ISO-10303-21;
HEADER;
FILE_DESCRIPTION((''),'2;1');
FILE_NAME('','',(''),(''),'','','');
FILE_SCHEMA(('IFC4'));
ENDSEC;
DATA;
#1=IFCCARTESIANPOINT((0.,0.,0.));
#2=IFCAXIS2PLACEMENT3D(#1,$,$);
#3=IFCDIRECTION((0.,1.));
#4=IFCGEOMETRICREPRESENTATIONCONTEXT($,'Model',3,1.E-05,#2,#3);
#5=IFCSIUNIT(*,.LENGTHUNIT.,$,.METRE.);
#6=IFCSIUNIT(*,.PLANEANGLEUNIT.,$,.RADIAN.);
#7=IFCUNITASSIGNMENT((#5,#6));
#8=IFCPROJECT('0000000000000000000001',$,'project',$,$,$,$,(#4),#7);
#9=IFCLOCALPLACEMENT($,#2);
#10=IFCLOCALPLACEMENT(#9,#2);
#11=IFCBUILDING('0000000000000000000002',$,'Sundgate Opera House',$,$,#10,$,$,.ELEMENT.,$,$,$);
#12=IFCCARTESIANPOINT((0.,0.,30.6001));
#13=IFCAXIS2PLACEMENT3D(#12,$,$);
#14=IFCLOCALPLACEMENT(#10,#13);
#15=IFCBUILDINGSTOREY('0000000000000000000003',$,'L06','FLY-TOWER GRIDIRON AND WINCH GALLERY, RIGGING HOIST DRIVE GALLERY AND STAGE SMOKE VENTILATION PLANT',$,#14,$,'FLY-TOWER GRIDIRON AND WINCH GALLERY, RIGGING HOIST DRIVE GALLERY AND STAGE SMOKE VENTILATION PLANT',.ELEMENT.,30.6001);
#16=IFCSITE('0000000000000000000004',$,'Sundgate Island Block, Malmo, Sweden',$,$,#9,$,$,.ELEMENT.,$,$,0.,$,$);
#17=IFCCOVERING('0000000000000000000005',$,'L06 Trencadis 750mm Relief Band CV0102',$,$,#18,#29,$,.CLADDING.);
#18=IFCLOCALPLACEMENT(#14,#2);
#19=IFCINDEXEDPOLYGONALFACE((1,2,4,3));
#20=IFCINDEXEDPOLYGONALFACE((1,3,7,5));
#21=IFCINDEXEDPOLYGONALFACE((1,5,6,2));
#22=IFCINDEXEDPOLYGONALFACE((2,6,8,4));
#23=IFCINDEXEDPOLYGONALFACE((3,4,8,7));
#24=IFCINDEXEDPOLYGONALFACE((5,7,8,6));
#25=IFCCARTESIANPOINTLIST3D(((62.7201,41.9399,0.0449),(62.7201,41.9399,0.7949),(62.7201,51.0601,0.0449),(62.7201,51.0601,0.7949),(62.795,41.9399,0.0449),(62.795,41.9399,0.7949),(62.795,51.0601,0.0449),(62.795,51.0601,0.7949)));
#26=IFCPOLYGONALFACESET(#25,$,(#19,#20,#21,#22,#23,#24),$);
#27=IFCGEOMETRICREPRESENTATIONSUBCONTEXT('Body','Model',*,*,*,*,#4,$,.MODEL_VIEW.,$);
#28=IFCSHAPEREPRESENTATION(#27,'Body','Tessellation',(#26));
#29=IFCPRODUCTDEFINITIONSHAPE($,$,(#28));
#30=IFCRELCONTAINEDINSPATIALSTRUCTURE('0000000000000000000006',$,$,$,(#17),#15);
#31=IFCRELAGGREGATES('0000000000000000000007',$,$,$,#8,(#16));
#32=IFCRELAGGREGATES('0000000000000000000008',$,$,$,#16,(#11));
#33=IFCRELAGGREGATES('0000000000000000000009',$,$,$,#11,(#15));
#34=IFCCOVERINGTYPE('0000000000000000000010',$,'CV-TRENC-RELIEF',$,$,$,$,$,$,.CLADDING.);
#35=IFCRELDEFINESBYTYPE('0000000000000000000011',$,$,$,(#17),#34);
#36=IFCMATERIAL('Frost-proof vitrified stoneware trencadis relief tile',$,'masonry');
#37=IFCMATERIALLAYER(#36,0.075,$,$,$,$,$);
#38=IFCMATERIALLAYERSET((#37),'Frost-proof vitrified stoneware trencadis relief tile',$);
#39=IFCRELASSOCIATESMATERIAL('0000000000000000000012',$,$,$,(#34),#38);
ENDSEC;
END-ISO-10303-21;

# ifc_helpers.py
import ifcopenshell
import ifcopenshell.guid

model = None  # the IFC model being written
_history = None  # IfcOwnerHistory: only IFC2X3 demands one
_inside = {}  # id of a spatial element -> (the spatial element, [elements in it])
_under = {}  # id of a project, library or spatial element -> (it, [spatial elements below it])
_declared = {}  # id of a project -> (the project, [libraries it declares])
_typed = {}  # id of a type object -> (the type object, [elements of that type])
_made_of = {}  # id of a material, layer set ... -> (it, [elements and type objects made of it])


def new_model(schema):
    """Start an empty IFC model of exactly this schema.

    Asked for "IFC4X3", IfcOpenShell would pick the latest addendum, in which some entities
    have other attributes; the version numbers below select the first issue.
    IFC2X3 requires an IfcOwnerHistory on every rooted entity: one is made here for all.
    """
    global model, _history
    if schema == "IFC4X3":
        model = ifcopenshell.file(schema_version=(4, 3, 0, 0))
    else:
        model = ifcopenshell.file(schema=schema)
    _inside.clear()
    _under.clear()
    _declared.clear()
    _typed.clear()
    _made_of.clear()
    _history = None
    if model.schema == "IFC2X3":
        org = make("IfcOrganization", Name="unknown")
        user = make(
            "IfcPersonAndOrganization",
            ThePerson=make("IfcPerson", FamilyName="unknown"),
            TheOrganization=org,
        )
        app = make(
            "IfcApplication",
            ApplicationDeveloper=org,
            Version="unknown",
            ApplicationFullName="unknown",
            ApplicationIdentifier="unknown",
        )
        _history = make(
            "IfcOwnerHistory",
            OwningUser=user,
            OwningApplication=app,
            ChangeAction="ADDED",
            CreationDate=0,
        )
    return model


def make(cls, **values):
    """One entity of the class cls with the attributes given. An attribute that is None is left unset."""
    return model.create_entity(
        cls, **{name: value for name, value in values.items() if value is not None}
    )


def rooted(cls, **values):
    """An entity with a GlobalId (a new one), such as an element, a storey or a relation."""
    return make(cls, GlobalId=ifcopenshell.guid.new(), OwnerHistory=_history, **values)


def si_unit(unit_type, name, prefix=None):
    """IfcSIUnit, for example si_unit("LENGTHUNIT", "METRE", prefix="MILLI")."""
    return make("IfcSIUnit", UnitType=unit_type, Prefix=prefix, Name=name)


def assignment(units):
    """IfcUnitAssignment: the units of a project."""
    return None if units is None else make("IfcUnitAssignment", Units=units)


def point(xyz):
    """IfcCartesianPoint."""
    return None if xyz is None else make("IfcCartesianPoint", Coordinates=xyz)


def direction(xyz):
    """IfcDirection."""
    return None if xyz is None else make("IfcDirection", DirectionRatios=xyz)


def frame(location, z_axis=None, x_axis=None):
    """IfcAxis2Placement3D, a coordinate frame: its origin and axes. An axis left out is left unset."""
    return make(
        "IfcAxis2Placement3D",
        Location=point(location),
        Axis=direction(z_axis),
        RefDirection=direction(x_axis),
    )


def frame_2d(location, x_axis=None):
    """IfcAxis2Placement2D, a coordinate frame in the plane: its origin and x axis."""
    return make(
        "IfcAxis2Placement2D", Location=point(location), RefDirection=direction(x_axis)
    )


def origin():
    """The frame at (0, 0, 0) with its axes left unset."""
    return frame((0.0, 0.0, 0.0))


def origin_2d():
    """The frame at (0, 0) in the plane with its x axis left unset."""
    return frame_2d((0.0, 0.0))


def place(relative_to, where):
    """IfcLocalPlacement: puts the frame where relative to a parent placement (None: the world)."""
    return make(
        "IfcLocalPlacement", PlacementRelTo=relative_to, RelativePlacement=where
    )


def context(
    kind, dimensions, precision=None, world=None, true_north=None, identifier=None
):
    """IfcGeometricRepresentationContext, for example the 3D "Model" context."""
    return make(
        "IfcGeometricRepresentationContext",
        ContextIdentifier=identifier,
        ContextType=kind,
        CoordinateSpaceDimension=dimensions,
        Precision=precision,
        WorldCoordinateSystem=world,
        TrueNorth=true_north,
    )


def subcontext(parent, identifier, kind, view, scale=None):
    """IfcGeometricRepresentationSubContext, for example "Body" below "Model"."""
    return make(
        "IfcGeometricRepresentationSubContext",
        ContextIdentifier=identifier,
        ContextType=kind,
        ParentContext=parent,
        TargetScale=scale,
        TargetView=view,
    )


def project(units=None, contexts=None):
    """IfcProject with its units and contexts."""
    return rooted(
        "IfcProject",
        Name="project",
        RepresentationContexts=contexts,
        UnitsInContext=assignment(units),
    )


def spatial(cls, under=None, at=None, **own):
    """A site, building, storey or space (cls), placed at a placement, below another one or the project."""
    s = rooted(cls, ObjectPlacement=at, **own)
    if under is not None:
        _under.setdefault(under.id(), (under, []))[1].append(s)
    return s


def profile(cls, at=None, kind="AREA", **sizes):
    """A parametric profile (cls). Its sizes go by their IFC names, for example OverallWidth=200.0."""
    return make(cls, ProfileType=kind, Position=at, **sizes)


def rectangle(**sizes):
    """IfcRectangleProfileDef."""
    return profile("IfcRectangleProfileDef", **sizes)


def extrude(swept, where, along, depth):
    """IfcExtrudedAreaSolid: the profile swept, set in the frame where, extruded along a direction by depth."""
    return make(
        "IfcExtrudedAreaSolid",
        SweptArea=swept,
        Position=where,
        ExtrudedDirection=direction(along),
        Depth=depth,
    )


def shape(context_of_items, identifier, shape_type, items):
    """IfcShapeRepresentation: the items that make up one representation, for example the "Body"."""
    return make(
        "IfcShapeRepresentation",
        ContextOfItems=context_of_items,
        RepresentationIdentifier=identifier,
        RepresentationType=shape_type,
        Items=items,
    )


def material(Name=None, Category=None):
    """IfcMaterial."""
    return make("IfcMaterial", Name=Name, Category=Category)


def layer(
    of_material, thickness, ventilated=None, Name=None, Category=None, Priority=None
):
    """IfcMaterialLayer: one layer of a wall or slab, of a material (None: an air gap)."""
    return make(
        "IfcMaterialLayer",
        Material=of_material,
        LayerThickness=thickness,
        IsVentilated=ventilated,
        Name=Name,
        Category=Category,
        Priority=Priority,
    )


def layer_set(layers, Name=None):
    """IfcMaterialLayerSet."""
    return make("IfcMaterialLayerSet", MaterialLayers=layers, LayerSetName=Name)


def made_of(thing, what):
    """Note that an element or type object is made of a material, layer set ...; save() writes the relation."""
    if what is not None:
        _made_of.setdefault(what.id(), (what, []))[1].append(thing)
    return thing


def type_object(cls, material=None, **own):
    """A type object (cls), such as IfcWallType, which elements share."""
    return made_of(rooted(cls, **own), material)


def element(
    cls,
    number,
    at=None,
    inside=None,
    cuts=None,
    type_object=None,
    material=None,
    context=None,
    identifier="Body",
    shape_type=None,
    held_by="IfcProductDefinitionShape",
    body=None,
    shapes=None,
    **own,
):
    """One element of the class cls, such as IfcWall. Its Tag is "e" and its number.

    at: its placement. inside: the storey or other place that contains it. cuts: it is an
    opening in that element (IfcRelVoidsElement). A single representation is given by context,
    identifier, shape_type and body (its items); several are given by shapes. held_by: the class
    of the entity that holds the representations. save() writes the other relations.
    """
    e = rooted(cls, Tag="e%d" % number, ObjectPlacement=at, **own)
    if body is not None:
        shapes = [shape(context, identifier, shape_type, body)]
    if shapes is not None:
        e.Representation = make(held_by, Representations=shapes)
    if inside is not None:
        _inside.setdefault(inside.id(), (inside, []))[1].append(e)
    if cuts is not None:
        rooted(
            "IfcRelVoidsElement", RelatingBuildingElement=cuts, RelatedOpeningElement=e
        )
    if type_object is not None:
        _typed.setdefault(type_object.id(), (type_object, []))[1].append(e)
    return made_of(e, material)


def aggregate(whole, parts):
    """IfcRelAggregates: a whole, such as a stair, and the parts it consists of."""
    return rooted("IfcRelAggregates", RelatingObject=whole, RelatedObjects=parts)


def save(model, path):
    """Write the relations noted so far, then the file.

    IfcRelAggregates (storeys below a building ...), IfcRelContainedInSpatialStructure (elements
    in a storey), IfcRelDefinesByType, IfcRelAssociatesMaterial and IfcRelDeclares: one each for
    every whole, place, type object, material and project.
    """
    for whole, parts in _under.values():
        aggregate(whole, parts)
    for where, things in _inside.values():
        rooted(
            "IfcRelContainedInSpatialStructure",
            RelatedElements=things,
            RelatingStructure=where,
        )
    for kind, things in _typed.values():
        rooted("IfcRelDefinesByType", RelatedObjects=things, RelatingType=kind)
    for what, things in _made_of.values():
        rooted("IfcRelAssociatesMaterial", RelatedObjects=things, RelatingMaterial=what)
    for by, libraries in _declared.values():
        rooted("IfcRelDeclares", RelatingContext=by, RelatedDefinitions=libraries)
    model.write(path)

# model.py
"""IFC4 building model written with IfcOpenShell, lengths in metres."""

from ifc_helpers import new_model, si_unit, direction, frame, origin, origin_2d, place, context, subcontext, project, spatial, rectangle, extrude, material, layer, layer_set, type_object, element, save


model = new_model("IFC4")

# Units and contexts
model_context = context("Model", 3, precision=1e-05, world=origin(), true_north=direction((0.0, 1.0)))
body_context = subcontext(model_context, "Body", "Model", "MODEL_VIEW")
ifc_project = project(units=[si_unit("LENGTHUNIT", "METRE"), si_unit("PLANEANGLEUNIT", "RADIAN")], contexts=[model_context])

# Site, building, storey
site_placement = place(None, origin())
site = spatial("IfcSite", under=ifc_project, at=site_placement, Name="Sundgate Island Block, Malmo, Sweden", CompositionType="ELEMENT", RefElevation=0.0)
building_placement = place(site_placement, origin())
building = spatial("IfcBuilding", under=site, at=building_placement, Name="Sundgate Opera House", CompositionType="ELEMENT")
storey_placement = place(building_placement, frame((0.0, 0.0, 30.6001)))
storey = spatial("IfcBuildingStorey", under=building, at=storey_placement, Name="L06", Description="FLY-TOWER GRIDIRON AND WINCH GALLERY, RIGGING HOIST DRIVE GALLERY AND STAGE SMOKE VENTILATION PLANT", LongName="FLY-TOWER GRIDIRON AND WINCH GALLERY, RIGGING HOIST DRIVE GALLERY AND STAGE SMOKE VENTILATION PLANT", CompositionType="ELEMENT", Elevation=30.6001)

# Covering
ifc_material_1 = material(Name="Frost-proof vitrified stoneware trencadis relief tile", Category="masonry")
ifc_layer_1 = layer(ifc_material_1, 0.075)
ifc_layer_set_1 = layer_set([ifc_layer_1], Name="Frost-proof vitrified stoneware trencadis relief tile")
covering_type = type_object("IfcCoveringType", Name="CV-TRENC-RELIEF", PredefinedType="CLADDING", material=ifc_layer_set_1)
covering_placement = place(storey_placement, frame((62.7576, 46.5, 0.0449), z_axis=(0.0, 0.0, 1.0), x_axis=(0.0, 1.0, 0.0)))
element("IfcCovering", 1, at=covering_placement, inside=storey, type_object=covering_type, Name="L06 Trencadis 750mm Relief Band CV0102", PredefinedType="CLADDING", context=body_context, shape_type="SweptSolid", body=[
    extrude(rectangle(XDim=9.1201, YDim=0.075, at=origin_2d()), origin(), (0.0, 0.0, 1.0), 0.75),
])

save(model, "model.ifc")
